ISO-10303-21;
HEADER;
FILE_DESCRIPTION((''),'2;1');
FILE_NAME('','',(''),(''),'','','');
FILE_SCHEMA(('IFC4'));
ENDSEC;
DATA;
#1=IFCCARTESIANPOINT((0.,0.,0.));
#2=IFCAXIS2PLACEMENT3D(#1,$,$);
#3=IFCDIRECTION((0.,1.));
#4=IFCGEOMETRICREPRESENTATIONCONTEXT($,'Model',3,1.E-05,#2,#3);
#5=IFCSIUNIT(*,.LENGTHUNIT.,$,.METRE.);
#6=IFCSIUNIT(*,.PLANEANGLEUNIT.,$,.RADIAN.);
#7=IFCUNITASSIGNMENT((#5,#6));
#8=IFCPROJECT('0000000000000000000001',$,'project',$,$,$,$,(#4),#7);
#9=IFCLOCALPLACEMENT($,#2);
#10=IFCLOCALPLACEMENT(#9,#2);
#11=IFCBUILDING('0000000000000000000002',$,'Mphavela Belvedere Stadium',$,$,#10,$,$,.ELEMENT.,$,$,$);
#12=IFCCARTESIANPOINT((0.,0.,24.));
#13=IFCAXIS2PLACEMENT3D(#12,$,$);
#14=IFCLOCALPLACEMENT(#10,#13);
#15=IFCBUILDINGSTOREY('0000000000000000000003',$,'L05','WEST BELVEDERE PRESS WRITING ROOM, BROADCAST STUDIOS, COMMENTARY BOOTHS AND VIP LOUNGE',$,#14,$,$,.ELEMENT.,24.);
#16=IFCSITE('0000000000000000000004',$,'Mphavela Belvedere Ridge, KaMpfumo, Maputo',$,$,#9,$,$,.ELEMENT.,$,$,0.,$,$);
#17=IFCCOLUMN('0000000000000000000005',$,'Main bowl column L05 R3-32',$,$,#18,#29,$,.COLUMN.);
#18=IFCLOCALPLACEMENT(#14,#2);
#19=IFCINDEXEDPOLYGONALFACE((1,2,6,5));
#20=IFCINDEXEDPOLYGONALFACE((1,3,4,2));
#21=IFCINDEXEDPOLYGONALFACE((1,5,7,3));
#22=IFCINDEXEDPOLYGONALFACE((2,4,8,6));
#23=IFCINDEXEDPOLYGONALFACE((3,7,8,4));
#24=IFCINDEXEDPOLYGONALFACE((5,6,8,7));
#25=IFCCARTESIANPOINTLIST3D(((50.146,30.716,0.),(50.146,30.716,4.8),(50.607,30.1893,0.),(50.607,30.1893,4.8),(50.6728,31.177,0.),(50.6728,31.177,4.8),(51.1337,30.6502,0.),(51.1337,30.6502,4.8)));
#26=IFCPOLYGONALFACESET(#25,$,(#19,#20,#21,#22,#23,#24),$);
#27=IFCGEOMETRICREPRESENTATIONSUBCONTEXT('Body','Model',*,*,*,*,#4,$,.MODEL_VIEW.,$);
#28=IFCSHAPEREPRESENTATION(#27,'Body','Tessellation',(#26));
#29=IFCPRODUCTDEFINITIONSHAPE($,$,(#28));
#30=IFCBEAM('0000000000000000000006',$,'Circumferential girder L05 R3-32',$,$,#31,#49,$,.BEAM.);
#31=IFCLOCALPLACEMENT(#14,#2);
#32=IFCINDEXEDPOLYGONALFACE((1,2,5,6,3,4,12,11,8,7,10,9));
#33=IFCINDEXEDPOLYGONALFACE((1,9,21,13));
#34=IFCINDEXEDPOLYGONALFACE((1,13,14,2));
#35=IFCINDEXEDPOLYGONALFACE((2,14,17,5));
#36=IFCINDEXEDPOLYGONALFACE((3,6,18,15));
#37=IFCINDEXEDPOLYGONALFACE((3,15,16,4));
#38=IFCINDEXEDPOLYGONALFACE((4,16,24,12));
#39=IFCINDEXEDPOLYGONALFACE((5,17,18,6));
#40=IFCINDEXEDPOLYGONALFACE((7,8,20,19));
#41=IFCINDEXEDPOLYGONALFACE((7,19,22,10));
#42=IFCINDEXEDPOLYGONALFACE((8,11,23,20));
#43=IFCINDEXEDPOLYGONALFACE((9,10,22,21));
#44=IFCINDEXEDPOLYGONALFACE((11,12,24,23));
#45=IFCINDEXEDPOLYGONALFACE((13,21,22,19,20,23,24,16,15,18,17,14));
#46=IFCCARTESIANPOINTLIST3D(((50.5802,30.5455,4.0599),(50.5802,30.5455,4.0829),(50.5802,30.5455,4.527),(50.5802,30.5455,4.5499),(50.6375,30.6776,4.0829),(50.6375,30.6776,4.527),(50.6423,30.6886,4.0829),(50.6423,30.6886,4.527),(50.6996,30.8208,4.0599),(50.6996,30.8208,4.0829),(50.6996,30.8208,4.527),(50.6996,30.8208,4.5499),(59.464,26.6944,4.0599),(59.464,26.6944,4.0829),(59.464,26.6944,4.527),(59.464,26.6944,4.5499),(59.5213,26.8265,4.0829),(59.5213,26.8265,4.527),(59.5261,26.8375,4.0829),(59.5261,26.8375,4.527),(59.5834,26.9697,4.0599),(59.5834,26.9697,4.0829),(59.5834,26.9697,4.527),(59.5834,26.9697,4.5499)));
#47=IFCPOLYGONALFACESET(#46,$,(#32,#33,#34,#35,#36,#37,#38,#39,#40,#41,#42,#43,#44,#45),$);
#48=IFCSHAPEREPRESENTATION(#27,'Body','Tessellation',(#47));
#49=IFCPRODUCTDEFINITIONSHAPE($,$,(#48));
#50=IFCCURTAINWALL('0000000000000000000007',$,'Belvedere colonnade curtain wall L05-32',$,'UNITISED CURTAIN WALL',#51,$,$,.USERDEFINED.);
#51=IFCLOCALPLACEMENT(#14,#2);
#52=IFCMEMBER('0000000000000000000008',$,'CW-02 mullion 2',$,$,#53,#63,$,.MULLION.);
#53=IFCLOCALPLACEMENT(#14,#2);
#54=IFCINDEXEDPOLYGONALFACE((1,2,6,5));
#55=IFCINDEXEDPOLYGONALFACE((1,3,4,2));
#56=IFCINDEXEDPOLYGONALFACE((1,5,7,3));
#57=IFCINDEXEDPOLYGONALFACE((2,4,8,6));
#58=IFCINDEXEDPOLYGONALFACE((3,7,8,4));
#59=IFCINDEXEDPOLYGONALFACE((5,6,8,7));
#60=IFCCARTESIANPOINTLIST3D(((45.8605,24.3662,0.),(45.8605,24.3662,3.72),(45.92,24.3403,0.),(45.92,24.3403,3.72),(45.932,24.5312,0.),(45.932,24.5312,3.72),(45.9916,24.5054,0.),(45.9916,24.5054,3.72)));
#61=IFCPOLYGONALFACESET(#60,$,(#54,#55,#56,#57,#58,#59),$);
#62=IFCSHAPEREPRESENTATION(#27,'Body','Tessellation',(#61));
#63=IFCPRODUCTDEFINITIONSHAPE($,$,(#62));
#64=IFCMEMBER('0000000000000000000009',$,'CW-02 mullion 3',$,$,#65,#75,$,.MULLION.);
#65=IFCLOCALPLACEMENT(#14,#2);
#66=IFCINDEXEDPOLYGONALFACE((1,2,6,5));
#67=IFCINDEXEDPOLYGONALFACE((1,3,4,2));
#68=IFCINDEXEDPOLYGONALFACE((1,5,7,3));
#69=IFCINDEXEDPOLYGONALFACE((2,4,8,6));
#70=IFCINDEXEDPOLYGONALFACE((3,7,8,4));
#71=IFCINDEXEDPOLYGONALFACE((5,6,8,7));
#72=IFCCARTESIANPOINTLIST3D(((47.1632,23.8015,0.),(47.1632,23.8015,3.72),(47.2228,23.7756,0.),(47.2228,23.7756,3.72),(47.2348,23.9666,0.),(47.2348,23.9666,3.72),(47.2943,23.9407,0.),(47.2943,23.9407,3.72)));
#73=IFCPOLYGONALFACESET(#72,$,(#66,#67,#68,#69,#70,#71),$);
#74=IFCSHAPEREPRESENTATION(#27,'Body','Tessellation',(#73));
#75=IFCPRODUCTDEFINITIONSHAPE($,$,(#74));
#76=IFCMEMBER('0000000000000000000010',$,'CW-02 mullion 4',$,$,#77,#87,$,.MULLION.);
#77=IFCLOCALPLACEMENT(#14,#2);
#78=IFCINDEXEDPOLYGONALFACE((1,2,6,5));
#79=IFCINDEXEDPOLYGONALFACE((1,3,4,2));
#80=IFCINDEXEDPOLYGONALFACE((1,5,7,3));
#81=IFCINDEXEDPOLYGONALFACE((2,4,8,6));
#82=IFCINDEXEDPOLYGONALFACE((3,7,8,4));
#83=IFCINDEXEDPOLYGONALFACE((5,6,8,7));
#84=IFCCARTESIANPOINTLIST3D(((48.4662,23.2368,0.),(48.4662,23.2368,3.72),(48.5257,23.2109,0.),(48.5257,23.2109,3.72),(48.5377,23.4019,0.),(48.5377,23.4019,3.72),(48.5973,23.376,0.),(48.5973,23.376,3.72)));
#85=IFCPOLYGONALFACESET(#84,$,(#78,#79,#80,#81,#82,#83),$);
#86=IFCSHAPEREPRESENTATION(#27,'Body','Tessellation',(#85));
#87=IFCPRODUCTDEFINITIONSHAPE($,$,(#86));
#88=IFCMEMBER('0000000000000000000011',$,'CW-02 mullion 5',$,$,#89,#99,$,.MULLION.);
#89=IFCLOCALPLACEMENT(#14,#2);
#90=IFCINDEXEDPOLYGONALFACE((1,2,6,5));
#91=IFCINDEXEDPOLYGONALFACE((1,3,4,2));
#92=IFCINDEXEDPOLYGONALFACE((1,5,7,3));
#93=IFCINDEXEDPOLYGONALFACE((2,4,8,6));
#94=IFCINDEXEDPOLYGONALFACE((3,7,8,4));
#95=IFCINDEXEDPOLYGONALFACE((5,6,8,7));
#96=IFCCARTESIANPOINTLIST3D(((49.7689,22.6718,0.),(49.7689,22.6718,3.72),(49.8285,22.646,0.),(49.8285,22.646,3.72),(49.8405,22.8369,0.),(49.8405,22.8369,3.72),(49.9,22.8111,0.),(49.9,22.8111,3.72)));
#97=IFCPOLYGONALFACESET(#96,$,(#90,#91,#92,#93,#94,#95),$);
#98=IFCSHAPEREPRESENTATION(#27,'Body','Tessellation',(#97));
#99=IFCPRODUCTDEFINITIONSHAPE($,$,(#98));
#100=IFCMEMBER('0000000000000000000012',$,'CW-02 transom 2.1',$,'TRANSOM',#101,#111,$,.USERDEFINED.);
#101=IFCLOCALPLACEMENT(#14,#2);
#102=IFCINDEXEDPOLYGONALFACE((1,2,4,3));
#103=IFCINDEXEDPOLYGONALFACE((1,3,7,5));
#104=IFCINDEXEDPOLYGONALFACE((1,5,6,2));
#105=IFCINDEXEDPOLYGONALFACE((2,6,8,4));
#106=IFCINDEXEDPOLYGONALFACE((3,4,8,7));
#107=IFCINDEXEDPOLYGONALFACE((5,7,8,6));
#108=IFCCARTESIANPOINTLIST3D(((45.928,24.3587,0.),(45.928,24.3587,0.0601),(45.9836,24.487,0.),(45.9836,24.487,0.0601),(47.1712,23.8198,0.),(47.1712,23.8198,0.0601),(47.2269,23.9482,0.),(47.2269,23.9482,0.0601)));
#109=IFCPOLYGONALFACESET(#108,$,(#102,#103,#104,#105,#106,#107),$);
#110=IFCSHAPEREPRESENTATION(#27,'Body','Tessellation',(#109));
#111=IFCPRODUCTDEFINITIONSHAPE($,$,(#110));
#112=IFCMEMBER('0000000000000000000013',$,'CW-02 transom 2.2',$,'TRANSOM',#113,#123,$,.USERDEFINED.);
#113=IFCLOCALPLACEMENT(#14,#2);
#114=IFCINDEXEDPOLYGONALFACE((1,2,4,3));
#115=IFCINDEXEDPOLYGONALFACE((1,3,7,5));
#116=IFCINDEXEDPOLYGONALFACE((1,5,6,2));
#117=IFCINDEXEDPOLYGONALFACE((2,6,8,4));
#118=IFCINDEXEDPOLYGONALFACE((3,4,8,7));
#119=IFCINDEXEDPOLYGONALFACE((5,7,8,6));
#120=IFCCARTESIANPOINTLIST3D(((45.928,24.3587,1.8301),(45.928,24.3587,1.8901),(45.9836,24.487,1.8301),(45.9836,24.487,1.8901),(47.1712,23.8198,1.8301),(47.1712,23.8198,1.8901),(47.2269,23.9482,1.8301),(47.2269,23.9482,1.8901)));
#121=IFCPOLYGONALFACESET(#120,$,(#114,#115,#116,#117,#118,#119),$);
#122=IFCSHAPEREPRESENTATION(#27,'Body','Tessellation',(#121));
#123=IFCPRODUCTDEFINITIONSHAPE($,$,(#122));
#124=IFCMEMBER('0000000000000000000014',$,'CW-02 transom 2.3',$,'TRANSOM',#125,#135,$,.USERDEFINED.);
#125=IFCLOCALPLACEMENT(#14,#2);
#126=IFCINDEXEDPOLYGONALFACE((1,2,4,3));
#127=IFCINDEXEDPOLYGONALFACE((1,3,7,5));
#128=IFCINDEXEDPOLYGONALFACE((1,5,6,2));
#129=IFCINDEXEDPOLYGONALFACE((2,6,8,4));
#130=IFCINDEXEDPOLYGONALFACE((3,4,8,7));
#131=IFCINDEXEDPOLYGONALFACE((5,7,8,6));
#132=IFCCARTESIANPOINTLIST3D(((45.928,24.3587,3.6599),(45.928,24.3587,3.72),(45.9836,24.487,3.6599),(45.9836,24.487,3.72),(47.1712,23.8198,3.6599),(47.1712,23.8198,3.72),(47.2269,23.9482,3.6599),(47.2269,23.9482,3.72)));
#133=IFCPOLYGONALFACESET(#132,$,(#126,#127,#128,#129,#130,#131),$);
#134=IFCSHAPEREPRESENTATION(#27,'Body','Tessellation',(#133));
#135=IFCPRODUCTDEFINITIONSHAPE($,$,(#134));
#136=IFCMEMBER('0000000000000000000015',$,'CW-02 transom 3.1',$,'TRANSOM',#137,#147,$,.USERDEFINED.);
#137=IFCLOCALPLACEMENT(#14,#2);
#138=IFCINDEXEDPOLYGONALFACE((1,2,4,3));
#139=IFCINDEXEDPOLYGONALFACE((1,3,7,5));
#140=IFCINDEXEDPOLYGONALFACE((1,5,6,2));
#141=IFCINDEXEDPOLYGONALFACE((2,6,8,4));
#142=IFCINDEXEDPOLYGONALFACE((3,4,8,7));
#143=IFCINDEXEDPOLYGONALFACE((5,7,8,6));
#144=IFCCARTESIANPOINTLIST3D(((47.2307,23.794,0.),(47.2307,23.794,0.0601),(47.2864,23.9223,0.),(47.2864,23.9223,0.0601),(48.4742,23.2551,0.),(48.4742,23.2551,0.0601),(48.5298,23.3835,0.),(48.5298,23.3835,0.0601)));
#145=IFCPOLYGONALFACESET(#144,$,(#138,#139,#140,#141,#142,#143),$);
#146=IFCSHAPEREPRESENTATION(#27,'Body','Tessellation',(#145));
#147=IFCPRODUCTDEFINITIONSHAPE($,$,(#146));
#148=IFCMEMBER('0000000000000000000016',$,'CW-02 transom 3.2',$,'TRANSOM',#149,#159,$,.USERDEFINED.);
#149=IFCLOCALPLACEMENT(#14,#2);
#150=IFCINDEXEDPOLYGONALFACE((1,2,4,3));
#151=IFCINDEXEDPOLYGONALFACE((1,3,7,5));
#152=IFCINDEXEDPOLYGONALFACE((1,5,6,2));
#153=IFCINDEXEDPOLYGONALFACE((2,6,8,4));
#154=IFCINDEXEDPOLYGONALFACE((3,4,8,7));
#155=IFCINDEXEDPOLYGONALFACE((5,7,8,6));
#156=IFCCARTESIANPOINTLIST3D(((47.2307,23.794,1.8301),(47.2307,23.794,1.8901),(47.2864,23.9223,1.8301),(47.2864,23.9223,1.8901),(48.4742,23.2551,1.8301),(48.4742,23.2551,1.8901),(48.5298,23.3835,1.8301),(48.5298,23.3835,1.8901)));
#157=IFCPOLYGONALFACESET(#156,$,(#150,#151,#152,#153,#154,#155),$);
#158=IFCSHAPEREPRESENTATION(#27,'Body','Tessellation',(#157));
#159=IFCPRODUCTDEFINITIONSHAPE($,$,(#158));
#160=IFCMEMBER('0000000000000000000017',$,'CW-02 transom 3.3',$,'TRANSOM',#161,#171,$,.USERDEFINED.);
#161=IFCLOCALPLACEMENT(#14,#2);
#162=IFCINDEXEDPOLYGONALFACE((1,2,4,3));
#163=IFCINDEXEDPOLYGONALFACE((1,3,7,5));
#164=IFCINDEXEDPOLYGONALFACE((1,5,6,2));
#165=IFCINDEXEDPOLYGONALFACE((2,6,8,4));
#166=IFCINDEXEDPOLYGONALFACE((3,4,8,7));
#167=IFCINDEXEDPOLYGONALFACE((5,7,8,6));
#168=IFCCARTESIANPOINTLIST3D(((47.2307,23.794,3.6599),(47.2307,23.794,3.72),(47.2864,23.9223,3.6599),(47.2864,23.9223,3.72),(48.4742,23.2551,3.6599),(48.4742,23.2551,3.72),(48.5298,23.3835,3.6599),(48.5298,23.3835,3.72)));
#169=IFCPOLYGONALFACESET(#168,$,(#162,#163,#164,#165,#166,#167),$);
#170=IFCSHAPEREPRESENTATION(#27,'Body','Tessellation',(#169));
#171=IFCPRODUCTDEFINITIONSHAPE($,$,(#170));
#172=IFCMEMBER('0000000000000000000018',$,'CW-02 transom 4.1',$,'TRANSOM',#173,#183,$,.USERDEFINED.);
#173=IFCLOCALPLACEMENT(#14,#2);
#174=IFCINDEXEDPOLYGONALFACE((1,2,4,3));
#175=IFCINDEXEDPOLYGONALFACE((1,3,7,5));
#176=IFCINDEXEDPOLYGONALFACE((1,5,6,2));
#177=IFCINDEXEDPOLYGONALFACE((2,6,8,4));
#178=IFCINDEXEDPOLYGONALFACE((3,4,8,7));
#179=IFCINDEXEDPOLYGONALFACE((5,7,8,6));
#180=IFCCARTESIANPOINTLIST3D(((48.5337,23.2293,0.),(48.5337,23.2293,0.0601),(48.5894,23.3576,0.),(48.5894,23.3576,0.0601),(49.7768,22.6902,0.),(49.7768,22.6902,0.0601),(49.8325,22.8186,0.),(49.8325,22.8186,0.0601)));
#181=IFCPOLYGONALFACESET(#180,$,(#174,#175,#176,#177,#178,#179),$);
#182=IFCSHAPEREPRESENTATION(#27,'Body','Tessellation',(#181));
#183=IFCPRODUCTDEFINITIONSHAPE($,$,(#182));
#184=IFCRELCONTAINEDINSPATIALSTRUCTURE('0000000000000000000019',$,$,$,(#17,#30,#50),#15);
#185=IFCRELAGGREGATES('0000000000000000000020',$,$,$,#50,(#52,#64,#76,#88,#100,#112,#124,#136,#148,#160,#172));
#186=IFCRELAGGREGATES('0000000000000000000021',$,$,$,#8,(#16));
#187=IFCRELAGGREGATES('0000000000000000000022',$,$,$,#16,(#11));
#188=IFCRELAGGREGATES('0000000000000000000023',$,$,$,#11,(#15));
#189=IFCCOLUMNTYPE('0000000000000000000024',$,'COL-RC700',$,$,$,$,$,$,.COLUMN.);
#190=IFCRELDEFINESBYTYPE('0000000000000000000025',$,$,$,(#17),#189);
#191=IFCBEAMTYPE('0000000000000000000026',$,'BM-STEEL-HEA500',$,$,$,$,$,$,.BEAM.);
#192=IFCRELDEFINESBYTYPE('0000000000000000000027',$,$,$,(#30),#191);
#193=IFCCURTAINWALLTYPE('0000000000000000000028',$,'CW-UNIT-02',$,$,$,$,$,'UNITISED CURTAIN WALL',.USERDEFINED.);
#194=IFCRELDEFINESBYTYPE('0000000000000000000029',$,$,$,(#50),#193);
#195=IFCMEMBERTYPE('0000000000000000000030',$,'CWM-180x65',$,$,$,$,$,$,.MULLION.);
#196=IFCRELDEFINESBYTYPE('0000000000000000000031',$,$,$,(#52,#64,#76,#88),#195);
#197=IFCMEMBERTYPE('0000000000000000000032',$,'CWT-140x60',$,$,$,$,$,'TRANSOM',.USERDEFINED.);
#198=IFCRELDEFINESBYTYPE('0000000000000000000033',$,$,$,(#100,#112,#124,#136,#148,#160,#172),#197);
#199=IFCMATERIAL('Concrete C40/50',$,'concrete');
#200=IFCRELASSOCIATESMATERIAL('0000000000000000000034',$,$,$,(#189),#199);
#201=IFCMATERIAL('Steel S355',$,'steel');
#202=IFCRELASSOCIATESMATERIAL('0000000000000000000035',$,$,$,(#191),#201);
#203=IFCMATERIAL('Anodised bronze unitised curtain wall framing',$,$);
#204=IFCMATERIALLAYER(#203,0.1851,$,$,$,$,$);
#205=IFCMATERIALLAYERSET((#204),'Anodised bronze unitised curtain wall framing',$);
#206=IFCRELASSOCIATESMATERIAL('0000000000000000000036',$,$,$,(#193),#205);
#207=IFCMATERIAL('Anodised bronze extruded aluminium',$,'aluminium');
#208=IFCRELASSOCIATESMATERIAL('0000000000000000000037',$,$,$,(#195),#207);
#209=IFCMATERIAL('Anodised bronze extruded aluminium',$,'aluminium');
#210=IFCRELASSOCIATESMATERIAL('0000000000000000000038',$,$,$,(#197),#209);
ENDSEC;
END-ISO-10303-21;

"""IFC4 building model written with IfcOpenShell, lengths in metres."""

from ifc_helpers import new_model, si_unit, direction, frame, origin, origin_2d, place, context, subcontext, project, spatial, rectangle, i_section, extrude, material, layer, layer_set, material_profile, profile_set, type_object, element, aggregate, save


model = new_model("IFC4")

# Units and contexts
model_context = context("Model", 3, precision=1e-05, world=origin(), true_north=direction((0.0, 1.0)))
body_context = subcontext(model_context, "Body", "Model", "MODEL_VIEW")
ifc_project = project(units=[si_unit("LENGTHUNIT", "METRE"), si_unit("PLANEANGLEUNIT", "RADIAN")], contexts=[model_context])

# Site, building, storey
site_placement = place(None, origin())
site = spatial("IfcSite", under=ifc_project, at=site_placement, Name="Mphavela Belvedere Ridge, KaMpfumo, Maputo", CompositionType="ELEMENT", RefElevation=0.0)
building_placement = place(site_placement, origin())
building = spatial("IfcBuilding", under=site, at=building_placement, Name="Mphavela Belvedere Stadium", CompositionType="ELEMENT")
storey_placement = place(building_placement, frame((0.0, 0.0, 24.0)))
storey = spatial("IfcBuildingStorey", under=building, at=storey_placement, Name="L05", Description="WEST BELVEDERE PRESS WRITING ROOM, BROADCAST STUDIOS, COMMENTARY BOOTHS AND VIP LOUNGE", CompositionType="ELEMENT", Elevation=24.0)

# Column
ifc_material_1 = material(Name="Concrete C40/50", Category="concrete")
ifc_material_profile_1 = material_profile(ifc_material_1, rectangle(XDim=0.7, YDim=0.7, at=origin_2d()), Name="RC 700x700")
ifc_profile_set_1 = profile_set([ifc_material_profile_1], Name="Concrete C40/50")
column_type = type_object("IfcColumnType", Name="COL-RC700", PredefinedType="COLUMN", material=ifc_profile_set_1)
column_placement = place(storey_placement, frame((50.6399, 30.6831, 0.0), z_axis=(0.0, 0.0, 1.0), x_axis=(-0.75253, -0.658558, 0.0)))
element("IfcColumn", 1, at=column_placement, inside=storey, type_object=column_type, Name="Main bowl column L05 R3-32", PredefinedType="COLUMN", context=body_context, shape_type="SweptSolid", body=[
    extrude(rectangle(XDim=0.7, YDim=0.7, at=origin_2d()), origin(), (0.0, 0.0, 1.0), 4.8),
])

# Beam
ifc_material_2 = material(Name="Steel S355", Category="steel")
ifc_material_profile_2 = material_profile(ifc_material_2, i_section(OverallWidth=0.3, OverallDepth=0.49, WebThickness=0.012, FlangeThickness=0.0229, at=origin_2d()), Name="HEA 500")
ifc_profile_set_2 = profile_set([ifc_material_profile_2], Name="Steel S355")
beam_type = type_object("IfcBeamType", Name="BM-STEEL-HEA500", PredefinedType="BEAM", material=ifc_profile_set_2)
beam_placement = place(storey_placement, frame((50.6399, 30.6831, 4.3049), z_axis=(0.917502, -0.397732, 0.0), x_axis=(0.397732, 0.917502, 0.0)))
element("IfcBeam", 2, at=beam_placement, inside=storey, type_object=beam_type, Name="Circumferential girder L05 R3-32", PredefinedType="BEAM", context=body_context, shape_type="SweptSolid", body=[
    extrude(i_section(OverallWidth=0.3, OverallDepth=0.49, WebThickness=0.012, FlangeThickness=0.0229, at=origin_2d()), origin(), (0.0, 0.0, 1.0), 9.6826),
])

# Curtain wall, members
ifc_material_3 = material(Name="Anodised bronze unitised curtain wall framing")
ifc_layer_1 = layer(ifc_material_3, 0.1851)
ifc_layer_set_1 = layer_set([ifc_layer_1], Name="Anodised bronze unitised curtain wall framing")
curtain_wall_type = type_object("IfcCurtainWallType", Name="CW-UNIT-02", ElementType="UNITISED CURTAIN WALL", PredefinedType="USERDEFINED", material=ifc_layer_set_1)
curtain_wall_placement = place(storey_placement, origin())
curtain_wall = element("IfcCurtainWall", 3, at=curtain_wall_placement, inside=storey, type_object=curtain_wall_type, Name="Belvedere colonnade curtain wall L05-32", ObjectType="UNITISED CURTAIN WALL", PredefinedType="USERDEFINED")
ifc_material_4 = material(Name="Anodised bronze extruded aluminium", Category="aluminium")
ifc_material_profile_3 = material_profile(ifc_material_4, rectangle(XDim=0.1799, YDim=0.0649, at=origin_2d()), Name="CW-MUL 180x65")
ifc_profile_set_3 = profile_set([ifc_material_profile_3], Name="Anodised bronze extruded aluminium")
member_type_1 = type_object("IfcMemberType", Name="CWM-180x65", PredefinedType="MULLION", material=ifc_profile_set_3)
member_1_placement = place(storey_placement, frame((45.926, 24.4358, 0.0), z_axis=(0.0, 0.0, 1.0), x_axis=(0.397743, 0.917497, 0.0)))
member_1 = element("IfcMember", 4, at=member_1_placement, type_object=member_type_1, Name="CW-02 mullion 2", PredefinedType="MULLION", context=body_context, shape_type="SweptSolid", body=[
    extrude(rectangle(XDim=0.1799, YDim=0.0649, at=origin_2d()), origin(), (0.0, 0.0, 1.0), 3.72),
])
member_2_placement = place(storey_placement, frame((47.2288, 23.8711, 0.0), z_axis=(0.0, 0.0, 1.0), x_axis=(0.397743, 0.917497, 0.0)))
member_2 = element("IfcMember", 5, at=member_2_placement, type_object=member_type_1, Name="CW-02 mullion 3", PredefinedType="MULLION", context=body_context, shape_type="SweptSolid", body=[
    extrude(rectangle(XDim=0.1799, YDim=0.0649, at=origin_2d()), origin(), (0.0, 0.0, 1.0), 3.72),
])
member_3_placement = place(storey_placement, frame((48.5317, 23.3064, 0.0), z_axis=(0.0, 0.0, 1.0), x_axis=(0.397743, 0.917497, 0.0)))
member_3 = element("IfcMember", 6, at=member_3_placement, type_object=member_type_1, Name="CW-02 mullion 4", PredefinedType="MULLION", context=body_context, shape_type="SweptSolid", body=[
    extrude(rectangle(XDim=0.1799, YDim=0.0649, at=origin_2d()), origin(), (0.0, 0.0, 1.0), 3.72),
])
member_4_placement = place(storey_placement, frame((49.8345, 22.7415, 0.0), z_axis=(0.0, 0.0, 1.0), x_axis=(0.397743, 0.917497, 0.0)))
member_4 = element("IfcMember", 7, at=member_4_placement, type_object=member_type_1, Name="CW-02 mullion 5", PredefinedType="MULLION", context=body_context, shape_type="SweptSolid", body=[
    extrude(rectangle(XDim=0.1799, YDim=0.0649, at=origin_2d()), origin(), (0.0, 0.0, 1.0), 3.72),
])
ifc_material_5 = material(Name="Anodised bronze extruded aluminium", Category="aluminium")
ifc_material_profile_4 = material_profile(ifc_material_5, rectangle(XDim=0.1399, YDim=0.0601, at=origin_2d()), Name="CW-TRN 140x60")
ifc_profile_set_4 = profile_set([ifc_material_profile_4], Name="Anodised bronze extruded aluminium")
member_type_2 = type_object("IfcMemberType", Name="CWT-140x60", ElementType="TRANSOM", PredefinedType="USERDEFINED", material=ifc_profile_set_4)
member_5_placement = place(storey_placement, frame((45.9558, 24.4229, 0.03), z_axis=(0.917525, -0.397678, 0.0), x_axis=(0.397678, 0.917525, 0.0)))
member_5 = element("IfcMember", 8, at=member_5_placement, type_object=member_type_2, Name="CW-02 transom 2.1", ObjectType="TRANSOM", PredefinedType="USERDEFINED", context=body_context, shape_type="SweptSolid", body=[
    extrude(rectangle(XDim=0.1399, YDim=0.0601, at=origin_2d()), origin(), (0.0, 0.0, 1.0), 1.355),
])
member_6_placement = place(storey_placement, frame((45.9558, 24.4229, 1.8601), z_axis=(0.917525, -0.397678, 0.0), x_axis=(0.397678, 0.917525, 0.0)))
member_6 = element("IfcMember", 9, at=member_6_placement, type_object=member_type_2, Name="CW-02 transom 2.2", ObjectType="TRANSOM", PredefinedType="USERDEFINED", context=body_context, shape_type="SweptSolid", body=[
    extrude(rectangle(XDim=0.1399, YDim=0.0601, at=origin_2d()), origin(), (0.0, 0.0, 1.0), 1.355),
])
member_7_placement = place(storey_placement, frame((45.9558, 24.4229, 3.6899), z_axis=(0.917525, -0.397678, 0.0), x_axis=(0.397678, 0.917525, 0.0)))
member_7 = element("IfcMember", 10, at=member_7_placement, type_object=member_type_2, Name="CW-02 transom 2.3", ObjectType="TRANSOM", PredefinedType="USERDEFINED", context=body_context, shape_type="SweptSolid", body=[
    extrude(rectangle(XDim=0.1399, YDim=0.0601, at=origin_2d()), origin(), (0.0, 0.0, 1.0), 1.355),
])
member_8_placement = place(storey_placement, frame((47.2585, 23.8582, 0.03), z_axis=(0.917553, -0.397612, 0.0), x_axis=(0.397612, 0.917553, 0.0)))
member_8 = element("IfcMember", 11, at=member_8_placement, type_object=member_type_2, Name="CW-02 transom 3.1", ObjectType="TRANSOM", PredefinedType="USERDEFINED", context=body_context, shape_type="SweptSolid", body=[
    extrude(rectangle(XDim=0.1399, YDim=0.0601, at=origin_2d()), origin(), (0.0, 0.0, 1.0), 1.3552),
])
member_9_placement = place(storey_placement, frame((47.2585, 23.8582, 1.8601), z_axis=(0.917553, -0.397612, 0.0), x_axis=(0.397612, 0.917553, 0.0)))
member_9 = element("IfcMember", 12, at=member_9_placement, type_object=member_type_2, Name="CW-02 transom 3.2", ObjectType="TRANSOM", PredefinedType="USERDEFINED", context=body_context, shape_type="SweptSolid", body=[
    extrude(rectangle(XDim=0.1399, YDim=0.0601, at=origin_2d()), origin(), (0.0, 0.0, 1.0), 1.3552),
])
member_10_placement = place(storey_placement, frame((47.2585, 23.8582, 3.6899), z_axis=(0.917553, -0.397612, 0.0), x_axis=(0.397612, 0.917553, 0.0)))
member_10 = element("IfcMember", 13, at=member_10_placement, type_object=member_type_2, Name="CW-02 transom 3.3", ObjectType="TRANSOM", PredefinedType="USERDEFINED", context=body_context, shape_type="SweptSolid", body=[
    extrude(rectangle(XDim=0.1399, YDim=0.0601, at=origin_2d()), origin(), (0.0, 0.0, 1.0), 1.3552),
])
member_11_placement = place(storey_placement, frame((48.5615, 23.2935, 0.03), z_axis=(0.917459, -0.39783, 0.0), x_axis=(0.39783, 0.917459, 0.0)))
member_11 = element("IfcMember", 14, at=member_11_placement, type_object=member_type_2, Name="CW-02 transom 4.1", ObjectType="TRANSOM", PredefinedType="USERDEFINED", context=body_context, shape_type="SweptSolid", body=[
    extrude(rectangle(XDim=0.1399, YDim=0.0601, at=origin_2d()), origin(), (0.0, 0.0, 1.0), 1.355),
])
aggregate(curtain_wall, [member_1, member_2, member_3, member_4, member_5, member_6, member_7, member_8, member_9, member_10, member_11])

save(model, "model.ifc")
